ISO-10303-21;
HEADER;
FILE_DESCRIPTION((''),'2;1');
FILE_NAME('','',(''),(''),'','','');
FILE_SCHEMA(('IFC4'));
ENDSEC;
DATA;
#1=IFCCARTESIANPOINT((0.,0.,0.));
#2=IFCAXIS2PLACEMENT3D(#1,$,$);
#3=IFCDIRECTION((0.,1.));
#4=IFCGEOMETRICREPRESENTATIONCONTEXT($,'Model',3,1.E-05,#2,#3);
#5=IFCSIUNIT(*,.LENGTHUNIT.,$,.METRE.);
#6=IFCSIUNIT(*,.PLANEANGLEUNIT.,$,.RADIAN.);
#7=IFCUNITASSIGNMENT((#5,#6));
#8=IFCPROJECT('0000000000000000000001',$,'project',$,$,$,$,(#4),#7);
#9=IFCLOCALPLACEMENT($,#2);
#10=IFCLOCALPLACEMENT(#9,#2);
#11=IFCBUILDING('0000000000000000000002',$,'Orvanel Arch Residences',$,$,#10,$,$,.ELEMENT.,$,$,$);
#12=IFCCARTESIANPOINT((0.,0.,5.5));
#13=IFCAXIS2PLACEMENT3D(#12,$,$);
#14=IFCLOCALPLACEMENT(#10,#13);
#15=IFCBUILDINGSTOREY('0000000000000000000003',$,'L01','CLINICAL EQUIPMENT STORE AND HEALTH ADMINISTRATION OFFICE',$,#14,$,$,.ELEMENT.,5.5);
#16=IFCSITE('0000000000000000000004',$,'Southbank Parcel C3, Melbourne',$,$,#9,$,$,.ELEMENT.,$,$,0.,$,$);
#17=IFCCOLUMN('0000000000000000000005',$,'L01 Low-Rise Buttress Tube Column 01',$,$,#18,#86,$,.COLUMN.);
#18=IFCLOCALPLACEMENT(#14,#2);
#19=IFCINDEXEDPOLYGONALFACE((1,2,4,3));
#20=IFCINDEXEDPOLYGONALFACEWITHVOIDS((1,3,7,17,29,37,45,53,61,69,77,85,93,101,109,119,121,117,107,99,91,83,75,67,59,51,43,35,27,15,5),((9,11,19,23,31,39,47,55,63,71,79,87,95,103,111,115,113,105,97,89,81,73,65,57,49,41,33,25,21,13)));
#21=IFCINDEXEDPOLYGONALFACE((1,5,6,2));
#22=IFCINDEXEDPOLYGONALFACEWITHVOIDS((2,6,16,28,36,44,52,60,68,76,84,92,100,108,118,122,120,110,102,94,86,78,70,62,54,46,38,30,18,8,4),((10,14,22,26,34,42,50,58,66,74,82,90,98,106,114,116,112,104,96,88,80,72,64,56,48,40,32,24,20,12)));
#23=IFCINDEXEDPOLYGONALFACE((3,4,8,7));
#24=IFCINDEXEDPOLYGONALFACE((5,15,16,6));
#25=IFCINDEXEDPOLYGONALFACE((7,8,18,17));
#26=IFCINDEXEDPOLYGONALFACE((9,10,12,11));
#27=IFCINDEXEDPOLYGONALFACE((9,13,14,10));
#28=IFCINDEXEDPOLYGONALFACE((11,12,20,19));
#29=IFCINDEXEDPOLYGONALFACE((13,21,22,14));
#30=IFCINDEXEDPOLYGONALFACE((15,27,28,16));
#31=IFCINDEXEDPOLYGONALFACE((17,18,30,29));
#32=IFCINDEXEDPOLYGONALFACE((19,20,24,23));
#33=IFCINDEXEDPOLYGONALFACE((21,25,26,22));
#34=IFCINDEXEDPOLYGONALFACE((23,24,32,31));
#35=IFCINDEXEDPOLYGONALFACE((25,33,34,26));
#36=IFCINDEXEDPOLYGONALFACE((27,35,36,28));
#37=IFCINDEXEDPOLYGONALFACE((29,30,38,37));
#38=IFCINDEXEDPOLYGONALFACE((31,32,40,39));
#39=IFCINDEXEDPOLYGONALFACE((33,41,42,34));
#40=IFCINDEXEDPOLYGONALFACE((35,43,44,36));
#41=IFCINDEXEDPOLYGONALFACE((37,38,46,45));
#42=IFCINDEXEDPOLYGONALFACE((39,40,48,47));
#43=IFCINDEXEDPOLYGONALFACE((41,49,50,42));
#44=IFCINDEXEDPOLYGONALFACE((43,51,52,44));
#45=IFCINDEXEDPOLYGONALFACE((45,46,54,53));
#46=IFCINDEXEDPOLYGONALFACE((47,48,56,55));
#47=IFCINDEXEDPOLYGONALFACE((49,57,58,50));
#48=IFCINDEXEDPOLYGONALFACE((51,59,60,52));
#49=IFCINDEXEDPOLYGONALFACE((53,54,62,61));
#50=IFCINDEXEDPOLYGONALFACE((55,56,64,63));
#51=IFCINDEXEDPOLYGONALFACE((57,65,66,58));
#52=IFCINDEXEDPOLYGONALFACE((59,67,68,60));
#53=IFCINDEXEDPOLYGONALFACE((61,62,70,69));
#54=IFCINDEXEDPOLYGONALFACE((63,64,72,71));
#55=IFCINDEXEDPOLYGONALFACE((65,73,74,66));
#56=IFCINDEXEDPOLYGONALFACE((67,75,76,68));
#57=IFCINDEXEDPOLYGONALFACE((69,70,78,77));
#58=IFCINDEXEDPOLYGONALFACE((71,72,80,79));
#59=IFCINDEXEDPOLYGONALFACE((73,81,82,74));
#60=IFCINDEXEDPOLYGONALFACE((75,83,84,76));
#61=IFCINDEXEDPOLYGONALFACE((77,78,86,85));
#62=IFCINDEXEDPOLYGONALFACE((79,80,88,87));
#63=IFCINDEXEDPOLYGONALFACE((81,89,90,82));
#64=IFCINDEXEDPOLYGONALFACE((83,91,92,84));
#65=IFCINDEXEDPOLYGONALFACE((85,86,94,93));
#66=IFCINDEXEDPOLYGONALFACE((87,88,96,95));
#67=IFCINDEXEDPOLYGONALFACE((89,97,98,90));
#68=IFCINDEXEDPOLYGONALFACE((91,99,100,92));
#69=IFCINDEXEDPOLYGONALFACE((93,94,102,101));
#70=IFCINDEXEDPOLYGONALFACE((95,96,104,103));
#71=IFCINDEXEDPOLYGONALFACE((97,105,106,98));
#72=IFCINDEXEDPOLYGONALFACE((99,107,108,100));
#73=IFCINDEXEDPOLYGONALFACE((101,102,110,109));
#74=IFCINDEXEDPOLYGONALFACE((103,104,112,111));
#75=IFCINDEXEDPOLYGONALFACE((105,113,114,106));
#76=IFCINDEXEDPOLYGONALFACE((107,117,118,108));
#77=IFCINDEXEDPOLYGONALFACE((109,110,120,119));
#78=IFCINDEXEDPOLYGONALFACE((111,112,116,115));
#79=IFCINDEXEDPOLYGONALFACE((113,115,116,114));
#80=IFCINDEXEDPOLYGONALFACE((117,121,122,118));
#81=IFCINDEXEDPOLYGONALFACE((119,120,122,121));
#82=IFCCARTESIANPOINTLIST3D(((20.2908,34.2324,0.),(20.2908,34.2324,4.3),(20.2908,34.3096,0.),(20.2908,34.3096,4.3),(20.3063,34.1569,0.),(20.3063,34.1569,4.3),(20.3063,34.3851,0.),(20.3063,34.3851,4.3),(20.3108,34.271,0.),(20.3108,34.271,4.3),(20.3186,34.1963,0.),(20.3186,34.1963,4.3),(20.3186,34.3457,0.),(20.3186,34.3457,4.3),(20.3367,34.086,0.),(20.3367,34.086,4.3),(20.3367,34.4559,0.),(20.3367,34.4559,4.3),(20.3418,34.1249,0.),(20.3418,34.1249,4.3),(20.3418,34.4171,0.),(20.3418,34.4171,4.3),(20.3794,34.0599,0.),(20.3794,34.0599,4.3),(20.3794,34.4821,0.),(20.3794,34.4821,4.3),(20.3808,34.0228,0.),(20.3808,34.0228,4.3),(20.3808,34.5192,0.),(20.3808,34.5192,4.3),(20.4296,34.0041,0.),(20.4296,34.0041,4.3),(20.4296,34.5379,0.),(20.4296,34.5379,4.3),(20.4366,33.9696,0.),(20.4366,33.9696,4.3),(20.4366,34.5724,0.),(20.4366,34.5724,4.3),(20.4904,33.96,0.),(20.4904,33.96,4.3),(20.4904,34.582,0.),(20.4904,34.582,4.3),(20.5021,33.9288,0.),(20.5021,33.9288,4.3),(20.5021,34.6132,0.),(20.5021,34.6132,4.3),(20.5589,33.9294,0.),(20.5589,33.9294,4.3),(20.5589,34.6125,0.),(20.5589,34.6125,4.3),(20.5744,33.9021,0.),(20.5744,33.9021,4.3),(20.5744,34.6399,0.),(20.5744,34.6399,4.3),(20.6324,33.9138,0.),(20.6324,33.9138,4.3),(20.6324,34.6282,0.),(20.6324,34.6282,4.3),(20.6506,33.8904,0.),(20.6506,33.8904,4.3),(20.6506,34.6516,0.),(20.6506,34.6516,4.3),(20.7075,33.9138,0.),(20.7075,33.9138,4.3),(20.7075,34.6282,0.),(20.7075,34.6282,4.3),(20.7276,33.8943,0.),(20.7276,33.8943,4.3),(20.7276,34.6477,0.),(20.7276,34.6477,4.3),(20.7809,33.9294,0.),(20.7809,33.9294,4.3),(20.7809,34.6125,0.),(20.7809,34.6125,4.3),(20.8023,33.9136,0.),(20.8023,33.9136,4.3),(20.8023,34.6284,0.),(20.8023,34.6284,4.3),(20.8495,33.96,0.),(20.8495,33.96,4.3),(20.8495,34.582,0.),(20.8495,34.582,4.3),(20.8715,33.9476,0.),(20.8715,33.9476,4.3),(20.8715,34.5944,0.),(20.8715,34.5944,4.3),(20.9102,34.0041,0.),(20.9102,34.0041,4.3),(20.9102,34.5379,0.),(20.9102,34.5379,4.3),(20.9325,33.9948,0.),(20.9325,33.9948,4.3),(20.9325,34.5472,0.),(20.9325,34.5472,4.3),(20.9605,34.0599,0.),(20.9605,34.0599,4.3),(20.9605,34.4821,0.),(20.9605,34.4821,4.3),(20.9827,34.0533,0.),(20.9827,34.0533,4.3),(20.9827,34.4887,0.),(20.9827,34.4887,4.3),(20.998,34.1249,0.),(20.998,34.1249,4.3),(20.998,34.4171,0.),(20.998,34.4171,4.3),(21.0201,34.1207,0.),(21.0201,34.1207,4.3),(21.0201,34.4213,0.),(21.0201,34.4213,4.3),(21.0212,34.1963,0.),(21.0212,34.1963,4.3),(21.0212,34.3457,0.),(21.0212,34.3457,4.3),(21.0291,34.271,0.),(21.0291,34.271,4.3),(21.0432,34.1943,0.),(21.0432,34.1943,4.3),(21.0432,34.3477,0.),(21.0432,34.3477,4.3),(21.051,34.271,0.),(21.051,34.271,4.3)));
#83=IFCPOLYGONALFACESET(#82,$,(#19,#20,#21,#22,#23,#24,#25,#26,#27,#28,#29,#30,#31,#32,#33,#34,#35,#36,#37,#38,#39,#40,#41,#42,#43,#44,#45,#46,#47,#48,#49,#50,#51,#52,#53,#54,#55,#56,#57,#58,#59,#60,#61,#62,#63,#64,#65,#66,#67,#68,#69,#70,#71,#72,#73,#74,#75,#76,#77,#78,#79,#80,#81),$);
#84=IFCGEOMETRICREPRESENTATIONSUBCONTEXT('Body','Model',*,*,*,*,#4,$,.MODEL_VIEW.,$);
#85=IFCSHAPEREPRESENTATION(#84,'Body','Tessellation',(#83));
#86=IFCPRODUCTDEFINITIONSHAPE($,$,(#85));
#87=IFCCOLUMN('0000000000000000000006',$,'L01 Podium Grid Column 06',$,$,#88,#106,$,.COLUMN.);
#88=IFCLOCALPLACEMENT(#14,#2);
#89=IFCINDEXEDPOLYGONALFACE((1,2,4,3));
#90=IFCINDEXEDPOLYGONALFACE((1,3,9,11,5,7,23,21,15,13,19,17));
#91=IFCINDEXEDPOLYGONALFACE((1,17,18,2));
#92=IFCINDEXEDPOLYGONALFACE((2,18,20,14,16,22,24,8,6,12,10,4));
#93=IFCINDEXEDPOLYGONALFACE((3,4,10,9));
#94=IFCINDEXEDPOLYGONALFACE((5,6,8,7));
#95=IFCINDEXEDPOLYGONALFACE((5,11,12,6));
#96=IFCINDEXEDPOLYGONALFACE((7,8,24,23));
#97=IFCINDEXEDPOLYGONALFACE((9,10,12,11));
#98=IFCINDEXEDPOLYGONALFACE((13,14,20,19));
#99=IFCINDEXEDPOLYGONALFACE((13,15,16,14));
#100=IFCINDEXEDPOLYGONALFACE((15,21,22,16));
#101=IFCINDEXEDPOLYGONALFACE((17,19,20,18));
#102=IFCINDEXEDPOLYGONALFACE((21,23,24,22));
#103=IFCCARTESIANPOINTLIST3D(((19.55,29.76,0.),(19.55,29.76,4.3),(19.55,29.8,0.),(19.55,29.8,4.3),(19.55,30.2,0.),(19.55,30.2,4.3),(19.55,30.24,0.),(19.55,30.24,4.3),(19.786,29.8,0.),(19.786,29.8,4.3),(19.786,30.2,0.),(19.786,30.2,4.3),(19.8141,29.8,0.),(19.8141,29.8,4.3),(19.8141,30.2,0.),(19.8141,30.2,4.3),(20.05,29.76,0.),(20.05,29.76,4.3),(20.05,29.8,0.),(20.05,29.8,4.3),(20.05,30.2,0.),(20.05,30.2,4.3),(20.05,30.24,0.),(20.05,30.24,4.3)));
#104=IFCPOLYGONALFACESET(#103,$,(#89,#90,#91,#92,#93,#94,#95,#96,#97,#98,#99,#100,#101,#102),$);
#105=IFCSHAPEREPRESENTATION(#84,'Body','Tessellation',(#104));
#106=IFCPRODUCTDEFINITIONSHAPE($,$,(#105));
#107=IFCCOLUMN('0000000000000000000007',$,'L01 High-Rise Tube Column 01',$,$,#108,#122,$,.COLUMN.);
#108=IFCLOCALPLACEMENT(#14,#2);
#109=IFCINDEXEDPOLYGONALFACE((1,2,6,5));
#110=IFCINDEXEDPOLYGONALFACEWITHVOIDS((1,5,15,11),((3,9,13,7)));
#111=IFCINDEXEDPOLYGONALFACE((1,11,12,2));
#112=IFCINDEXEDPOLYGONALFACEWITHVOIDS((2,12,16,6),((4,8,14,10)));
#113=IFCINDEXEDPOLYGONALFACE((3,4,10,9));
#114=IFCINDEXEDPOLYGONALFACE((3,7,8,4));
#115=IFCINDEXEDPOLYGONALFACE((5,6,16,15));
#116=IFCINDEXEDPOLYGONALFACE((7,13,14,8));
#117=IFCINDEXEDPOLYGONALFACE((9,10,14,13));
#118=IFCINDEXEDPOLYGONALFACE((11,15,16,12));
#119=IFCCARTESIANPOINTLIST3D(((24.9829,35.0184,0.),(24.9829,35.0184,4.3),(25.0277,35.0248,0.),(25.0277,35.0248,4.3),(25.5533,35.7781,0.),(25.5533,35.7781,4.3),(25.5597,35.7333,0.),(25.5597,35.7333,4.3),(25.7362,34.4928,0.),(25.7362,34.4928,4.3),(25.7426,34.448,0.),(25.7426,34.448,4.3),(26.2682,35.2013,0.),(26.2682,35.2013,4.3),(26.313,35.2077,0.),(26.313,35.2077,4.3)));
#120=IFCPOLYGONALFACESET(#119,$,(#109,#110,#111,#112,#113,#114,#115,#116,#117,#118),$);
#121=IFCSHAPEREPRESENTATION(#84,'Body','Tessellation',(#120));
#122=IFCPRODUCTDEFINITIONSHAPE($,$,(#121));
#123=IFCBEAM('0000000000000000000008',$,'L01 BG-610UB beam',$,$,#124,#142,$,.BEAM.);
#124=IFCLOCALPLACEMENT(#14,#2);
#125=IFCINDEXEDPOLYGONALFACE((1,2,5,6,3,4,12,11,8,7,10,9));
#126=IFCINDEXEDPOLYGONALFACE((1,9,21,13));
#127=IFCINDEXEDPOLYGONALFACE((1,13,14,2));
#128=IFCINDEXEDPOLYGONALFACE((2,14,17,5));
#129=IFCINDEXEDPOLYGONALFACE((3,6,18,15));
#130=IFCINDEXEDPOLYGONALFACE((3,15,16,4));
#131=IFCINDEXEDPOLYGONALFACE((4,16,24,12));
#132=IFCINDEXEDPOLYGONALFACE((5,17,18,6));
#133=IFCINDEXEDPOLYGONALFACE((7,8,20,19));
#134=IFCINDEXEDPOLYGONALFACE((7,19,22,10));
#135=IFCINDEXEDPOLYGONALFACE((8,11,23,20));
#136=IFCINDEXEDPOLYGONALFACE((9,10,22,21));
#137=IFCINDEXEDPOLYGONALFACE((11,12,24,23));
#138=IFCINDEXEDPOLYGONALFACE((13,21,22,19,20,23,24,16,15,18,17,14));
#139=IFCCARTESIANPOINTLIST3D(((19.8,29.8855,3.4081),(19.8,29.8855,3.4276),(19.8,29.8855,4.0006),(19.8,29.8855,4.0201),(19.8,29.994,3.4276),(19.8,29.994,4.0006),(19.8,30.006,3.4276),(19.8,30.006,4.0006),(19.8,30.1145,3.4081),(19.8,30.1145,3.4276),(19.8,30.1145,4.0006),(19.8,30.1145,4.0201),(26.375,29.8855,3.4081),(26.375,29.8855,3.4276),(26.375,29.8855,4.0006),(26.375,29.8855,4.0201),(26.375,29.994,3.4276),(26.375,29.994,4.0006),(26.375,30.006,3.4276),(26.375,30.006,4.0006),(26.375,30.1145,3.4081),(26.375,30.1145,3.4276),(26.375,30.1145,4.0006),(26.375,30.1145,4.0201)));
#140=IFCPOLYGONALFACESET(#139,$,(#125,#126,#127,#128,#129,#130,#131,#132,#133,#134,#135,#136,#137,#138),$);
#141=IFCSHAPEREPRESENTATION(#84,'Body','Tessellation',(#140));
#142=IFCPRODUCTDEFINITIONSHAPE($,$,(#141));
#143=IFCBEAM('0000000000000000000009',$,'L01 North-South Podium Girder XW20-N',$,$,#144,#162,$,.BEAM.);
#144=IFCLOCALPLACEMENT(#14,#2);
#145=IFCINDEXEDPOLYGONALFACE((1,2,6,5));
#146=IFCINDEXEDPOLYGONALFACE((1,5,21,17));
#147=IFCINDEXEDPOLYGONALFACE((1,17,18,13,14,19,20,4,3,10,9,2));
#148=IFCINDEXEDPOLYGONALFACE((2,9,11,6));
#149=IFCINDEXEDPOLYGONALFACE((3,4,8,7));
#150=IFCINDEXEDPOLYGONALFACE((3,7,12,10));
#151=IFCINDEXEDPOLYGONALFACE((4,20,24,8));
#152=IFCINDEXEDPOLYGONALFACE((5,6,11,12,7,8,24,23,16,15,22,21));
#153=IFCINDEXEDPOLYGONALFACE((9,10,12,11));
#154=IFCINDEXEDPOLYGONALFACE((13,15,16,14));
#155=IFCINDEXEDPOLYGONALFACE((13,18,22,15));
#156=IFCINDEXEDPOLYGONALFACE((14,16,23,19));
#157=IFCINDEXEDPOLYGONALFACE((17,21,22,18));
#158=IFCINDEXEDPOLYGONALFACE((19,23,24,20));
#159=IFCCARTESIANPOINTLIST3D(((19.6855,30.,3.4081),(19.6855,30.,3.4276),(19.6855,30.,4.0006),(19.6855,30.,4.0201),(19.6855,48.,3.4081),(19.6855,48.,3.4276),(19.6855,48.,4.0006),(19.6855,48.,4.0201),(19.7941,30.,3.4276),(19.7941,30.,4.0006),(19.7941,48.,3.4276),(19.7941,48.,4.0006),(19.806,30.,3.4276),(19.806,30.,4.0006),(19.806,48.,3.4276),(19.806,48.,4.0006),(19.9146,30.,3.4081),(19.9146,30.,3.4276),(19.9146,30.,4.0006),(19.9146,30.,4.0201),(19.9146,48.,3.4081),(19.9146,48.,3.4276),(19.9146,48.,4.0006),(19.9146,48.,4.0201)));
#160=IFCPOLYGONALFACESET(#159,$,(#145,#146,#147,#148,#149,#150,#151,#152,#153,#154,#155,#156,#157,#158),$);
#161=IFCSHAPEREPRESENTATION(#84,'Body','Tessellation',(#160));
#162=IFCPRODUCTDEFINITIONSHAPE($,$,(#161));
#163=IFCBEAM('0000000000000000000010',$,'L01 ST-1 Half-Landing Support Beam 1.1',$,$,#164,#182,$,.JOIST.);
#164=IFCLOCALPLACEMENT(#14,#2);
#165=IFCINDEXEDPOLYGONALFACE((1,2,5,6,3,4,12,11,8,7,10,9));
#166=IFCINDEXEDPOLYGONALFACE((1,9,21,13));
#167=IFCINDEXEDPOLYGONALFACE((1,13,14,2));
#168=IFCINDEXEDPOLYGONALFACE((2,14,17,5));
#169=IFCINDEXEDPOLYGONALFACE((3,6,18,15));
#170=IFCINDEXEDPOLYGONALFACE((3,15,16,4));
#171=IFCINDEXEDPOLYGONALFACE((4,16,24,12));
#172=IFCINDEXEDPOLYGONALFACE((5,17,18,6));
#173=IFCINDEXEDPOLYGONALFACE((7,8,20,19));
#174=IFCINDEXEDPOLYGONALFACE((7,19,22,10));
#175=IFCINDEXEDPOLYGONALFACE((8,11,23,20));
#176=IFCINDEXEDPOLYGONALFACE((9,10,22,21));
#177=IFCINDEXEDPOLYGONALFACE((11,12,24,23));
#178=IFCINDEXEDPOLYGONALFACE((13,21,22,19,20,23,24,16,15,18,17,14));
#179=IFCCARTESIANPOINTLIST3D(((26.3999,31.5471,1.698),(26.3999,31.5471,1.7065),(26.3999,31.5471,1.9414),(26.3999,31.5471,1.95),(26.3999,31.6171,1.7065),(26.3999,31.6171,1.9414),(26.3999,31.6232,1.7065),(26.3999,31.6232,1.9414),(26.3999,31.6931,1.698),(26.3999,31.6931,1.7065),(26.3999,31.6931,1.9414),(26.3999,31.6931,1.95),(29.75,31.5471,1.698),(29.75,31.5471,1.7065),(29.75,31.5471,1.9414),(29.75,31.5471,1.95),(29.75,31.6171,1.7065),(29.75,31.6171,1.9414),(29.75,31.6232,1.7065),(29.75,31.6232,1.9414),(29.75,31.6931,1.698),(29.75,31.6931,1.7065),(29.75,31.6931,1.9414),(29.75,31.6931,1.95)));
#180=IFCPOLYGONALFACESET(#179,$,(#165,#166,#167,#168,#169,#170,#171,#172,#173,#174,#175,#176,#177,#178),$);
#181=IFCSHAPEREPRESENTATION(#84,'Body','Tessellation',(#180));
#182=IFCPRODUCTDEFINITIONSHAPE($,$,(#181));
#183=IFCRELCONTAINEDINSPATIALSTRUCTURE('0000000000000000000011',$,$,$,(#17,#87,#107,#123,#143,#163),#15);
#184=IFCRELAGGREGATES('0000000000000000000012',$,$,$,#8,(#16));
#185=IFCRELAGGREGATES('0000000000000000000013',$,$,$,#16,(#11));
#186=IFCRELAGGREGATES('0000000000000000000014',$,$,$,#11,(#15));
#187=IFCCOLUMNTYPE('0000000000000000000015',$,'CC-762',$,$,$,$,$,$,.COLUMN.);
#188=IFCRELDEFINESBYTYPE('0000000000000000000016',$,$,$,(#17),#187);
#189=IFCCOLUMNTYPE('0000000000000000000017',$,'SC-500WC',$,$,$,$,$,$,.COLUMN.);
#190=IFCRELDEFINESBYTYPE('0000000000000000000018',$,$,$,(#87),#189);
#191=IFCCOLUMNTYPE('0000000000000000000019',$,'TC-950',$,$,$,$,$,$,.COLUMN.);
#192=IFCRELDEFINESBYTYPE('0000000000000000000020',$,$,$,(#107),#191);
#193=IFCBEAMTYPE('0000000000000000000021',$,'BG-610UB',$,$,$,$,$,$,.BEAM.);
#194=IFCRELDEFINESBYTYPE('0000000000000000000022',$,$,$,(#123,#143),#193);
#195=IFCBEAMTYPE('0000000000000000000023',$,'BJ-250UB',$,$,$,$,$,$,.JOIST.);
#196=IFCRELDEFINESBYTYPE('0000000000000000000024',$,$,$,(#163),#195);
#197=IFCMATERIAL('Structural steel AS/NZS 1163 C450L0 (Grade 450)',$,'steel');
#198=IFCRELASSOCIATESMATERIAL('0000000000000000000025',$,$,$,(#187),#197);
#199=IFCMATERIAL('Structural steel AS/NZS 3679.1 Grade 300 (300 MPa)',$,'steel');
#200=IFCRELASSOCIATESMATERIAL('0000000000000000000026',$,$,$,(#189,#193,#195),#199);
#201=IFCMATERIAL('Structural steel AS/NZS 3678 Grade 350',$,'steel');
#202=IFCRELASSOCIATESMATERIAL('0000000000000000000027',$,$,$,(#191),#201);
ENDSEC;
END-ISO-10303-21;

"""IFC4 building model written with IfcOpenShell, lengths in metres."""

from ifc_helpers import new_model, si_unit, direction, frame, origin, origin_2d, place, context, subcontext, project, spatial, hollow_rectangle, hollow_circle, i_section, extrude, material, material_profile, profile_set, type_object, element, save


model = new_model("IFC4")

# Units and contexts
model_context = context("Model", 3, precision=1e-05, world=origin(), true_north=direction((0.0, 1.0)))
body_context = subcontext(model_context, "Body", "Model", "MODEL_VIEW")
ifc_project = project(units=[si_unit("LENGTHUNIT", "METRE"), si_unit("PLANEANGLEUNIT", "RADIAN")], contexts=[model_context])

# Site, building, storey
site_placement = place(None, origin())
site = spatial("IfcSite", under=ifc_project, at=site_placement, Name="Southbank Parcel C3, Melbourne", CompositionType="ELEMENT", RefElevation=0.0)
building_placement = place(site_placement, origin())
building = spatial("IfcBuilding", under=site, at=building_placement, Name="Orvanel Arch Residences", CompositionType="ELEMENT")
storey_placement = place(building_placement, frame((0.0, 0.0, 5.5)))
storey = spatial("IfcBuildingStorey", under=building, at=storey_placement, Name="L01", Description="CLINICAL EQUIPMENT STORE AND HEALTH ADMINISTRATION OFFICE", CompositionType="ELEMENT", Elevation=5.5)

# Columns
ifc_material_1 = material(Name="Structural steel AS/NZS 1163 C450L0 (Grade 450)", Category="steel")
ifc_material_profile_1 = material_profile(ifc_material_1, hollow_circle(Radius=0.3811, WallThickness=0.022, at=origin_2d()), Name="CHS762x22")
ifc_profile_set_1 = profile_set([ifc_material_profile_1], Name="Structural steel AS/NZS 1163 C450L0 (Grade 450)")
column_type_1 = type_object("IfcColumnType", Name="CC-762", PredefinedType="COLUMN", material=ifc_profile_set_1)
column_1_placement = place(storey_placement, frame((20.6699, 34.271, 0.0), z_axis=(0.0, 0.0, 1.0), x_axis=(1.0, 0.0, 0.0)))
element("IfcColumn", 1, at=column_1_placement, inside=storey, type_object=column_type_1, Name="L01 Low-Rise Buttress Tube Column 01", PredefinedType="COLUMN", context=body_context, shape_type="SweptSolid", body=[
    extrude(hollow_circle(Radius=0.3811, WallThickness=0.022, at=origin_2d()), origin(), (0.0, 0.0, 1.0), 4.3),
])
ifc_material_2 = material(Name="Structural steel AS/NZS 3679.1 Grade 300 (300 MPa)", Category="steel")
ifc_material_profile_2 = material_profile(ifc_material_2, i_section(OverallWidth=0.5, OverallDepth=0.48, WebThickness=0.0281, FlangeThickness=0.04, at=origin_2d()), Name="500WC440")
ifc_profile_set_2 = profile_set([ifc_material_profile_2], Name="Structural steel AS/NZS 3679.1 Grade 300 (300 MPa)")
column_type_2 = type_object("IfcColumnType", Name="SC-500WC", PredefinedType="COLUMN", material=ifc_profile_set_2)
column_2_placement = place(storey_placement, frame((19.8, 30.0, 0.0), z_axis=(0.0, 0.0, 1.0), x_axis=(1.0, 0.0, 0.0)))
element("IfcColumn", 2, at=column_2_placement, inside=storey, type_object=column_type_2, Name="L01 Podium Grid Column 06", PredefinedType="COLUMN", context=body_context, shape_type="SweptSolid", body=[
    extrude(i_section(OverallWidth=0.5, OverallDepth=0.48, WebThickness=0.0281, FlangeThickness=0.04, at=origin_2d()), origin(), (0.0, 0.0, 1.0), 4.3),
])
ifc_material_3 = material(Name="Structural steel AS/NZS 3678 Grade 350", Category="steel")
ifc_material_profile_3 = material_profile(ifc_material_3, hollow_rectangle(XDim=0.95, YDim=0.95, WallThickness=0.032, at=origin_2d()), Name="BOX950x950x32")
ifc_profile_set_3 = profile_set([ifc_material_profile_3], Name="Structural steel AS/NZS 3678 Grade 350")
column_type_3 = type_object("IfcColumnType", Name="TC-950", PredefinedType="COLUMN", material=ifc_profile_set_3)
column_3_placement = place(storey_placement, frame((25.6479, 35.113, 0.0), z_axis=(0.0, 0.0, 1.0), x_axis=(0.60042, 0.799685, 0.0)))
element("IfcColumn", 3, at=column_3_placement, inside=storey, type_object=column_type_3, Name="L01 High-Rise Tube Column 01", PredefinedType="COLUMN", context=body_context, shape_type="SweptSolid", body=[
    extrude(hollow_rectangle(XDim=0.95, YDim=0.95, WallThickness=0.032, at=origin_2d()), origin(), (0.0, 0.0, 1.0), 4.3),
])

# Beams
ifc_material_profile_4 = material_profile(ifc_material_2, i_section(OverallWidth=0.229, OverallDepth=0.6121, WebThickness=0.012, FlangeThickness=0.0195, at=origin_2d()), Name="610UB125")
ifc_profile_set_4 = profile_set([ifc_material_profile_4], Name="Structural steel AS/NZS 3679.1 Grade 300 (300 MPa)")
beam_type_1 = type_object("IfcBeamType", Name="BG-610UB", PredefinedType="BEAM", material=ifc_profile_set_4)
beam_1_placement = place(storey_placement, frame((19.8, 30.0, 3.7141), z_axis=(1.0, 0.0, 0.0), x_axis=(0.0, 1.0, 0.0)))
element("IfcBeam", 4, at=beam_1_placement, inside=storey, type_object=beam_type_1, Name="L01 BG-610UB beam", PredefinedType="BEAM", context=body_context, shape_type="SweptSolid", body=[
    extrude(i_section(OverallWidth=0.229, OverallDepth=0.6121, WebThickness=0.012, FlangeThickness=0.0195, at=origin_2d()), origin(), (0.0, 0.0, 1.0), 6.575),
])
beam_2_placement = place(storey_placement, frame((19.8, 30.0, 3.7141), z_axis=(0.0, 1.0, 0.0), x_axis=(-1.0, 0.0, 0.0)))
element("IfcBeam", 5, at=beam_2_placement, inside=storey, type_object=beam_type_1, Name="L01 North-South Podium Girder XW20-N", PredefinedType="BEAM", context=body_context, shape_type="SweptSolid", body=[
    extrude(i_section(OverallWidth=0.229, OverallDepth=0.6121, WebThickness=0.012, FlangeThickness=0.0195, at=origin_2d()), origin(), (0.0, 0.0, 1.0), 18.0),
])
ifc_material_profile_5 = material_profile(ifc_material_2, i_section(OverallWidth=0.146, OverallDepth=0.252, WebThickness=0.0061, FlangeThickness=0.0085, at=origin_2d()), Name="250UB31.4")
ifc_profile_set_5 = profile_set([ifc_material_profile_5], Name="Structural steel AS/NZS 3679.1 Grade 300 (300 MPa)")
beam_type_2 = type_object("IfcBeamType", Name="BJ-250UB", PredefinedType="JOIST", material=ifc_profile_set_5)
for number, where, z_axis, x_axis, name in (
    (6, (26.3999, 31.6201, 1.824), (1.0, 0.0, 0.0), (0.0, 1.0, 0.0), "L01 ST-1 Half-Landing Support Beam 1.1"),
):
    element("IfcBeam", number, at=place(storey_placement, frame(where, z_axis=z_axis, x_axis=x_axis)), inside=storey, type_object=beam_type_2, Name=name, PredefinedType="JOIST", context=body_context, shape_type="SweptSolid", body=[
        extrude(i_section(OverallWidth=0.146, OverallDepth=0.252, WebThickness=0.0061, FlangeThickness=0.0085, at=origin_2d()), origin(), (0.0, 0.0, 1.0), 3.3501),
    ])

save(model, "model.ifc")
